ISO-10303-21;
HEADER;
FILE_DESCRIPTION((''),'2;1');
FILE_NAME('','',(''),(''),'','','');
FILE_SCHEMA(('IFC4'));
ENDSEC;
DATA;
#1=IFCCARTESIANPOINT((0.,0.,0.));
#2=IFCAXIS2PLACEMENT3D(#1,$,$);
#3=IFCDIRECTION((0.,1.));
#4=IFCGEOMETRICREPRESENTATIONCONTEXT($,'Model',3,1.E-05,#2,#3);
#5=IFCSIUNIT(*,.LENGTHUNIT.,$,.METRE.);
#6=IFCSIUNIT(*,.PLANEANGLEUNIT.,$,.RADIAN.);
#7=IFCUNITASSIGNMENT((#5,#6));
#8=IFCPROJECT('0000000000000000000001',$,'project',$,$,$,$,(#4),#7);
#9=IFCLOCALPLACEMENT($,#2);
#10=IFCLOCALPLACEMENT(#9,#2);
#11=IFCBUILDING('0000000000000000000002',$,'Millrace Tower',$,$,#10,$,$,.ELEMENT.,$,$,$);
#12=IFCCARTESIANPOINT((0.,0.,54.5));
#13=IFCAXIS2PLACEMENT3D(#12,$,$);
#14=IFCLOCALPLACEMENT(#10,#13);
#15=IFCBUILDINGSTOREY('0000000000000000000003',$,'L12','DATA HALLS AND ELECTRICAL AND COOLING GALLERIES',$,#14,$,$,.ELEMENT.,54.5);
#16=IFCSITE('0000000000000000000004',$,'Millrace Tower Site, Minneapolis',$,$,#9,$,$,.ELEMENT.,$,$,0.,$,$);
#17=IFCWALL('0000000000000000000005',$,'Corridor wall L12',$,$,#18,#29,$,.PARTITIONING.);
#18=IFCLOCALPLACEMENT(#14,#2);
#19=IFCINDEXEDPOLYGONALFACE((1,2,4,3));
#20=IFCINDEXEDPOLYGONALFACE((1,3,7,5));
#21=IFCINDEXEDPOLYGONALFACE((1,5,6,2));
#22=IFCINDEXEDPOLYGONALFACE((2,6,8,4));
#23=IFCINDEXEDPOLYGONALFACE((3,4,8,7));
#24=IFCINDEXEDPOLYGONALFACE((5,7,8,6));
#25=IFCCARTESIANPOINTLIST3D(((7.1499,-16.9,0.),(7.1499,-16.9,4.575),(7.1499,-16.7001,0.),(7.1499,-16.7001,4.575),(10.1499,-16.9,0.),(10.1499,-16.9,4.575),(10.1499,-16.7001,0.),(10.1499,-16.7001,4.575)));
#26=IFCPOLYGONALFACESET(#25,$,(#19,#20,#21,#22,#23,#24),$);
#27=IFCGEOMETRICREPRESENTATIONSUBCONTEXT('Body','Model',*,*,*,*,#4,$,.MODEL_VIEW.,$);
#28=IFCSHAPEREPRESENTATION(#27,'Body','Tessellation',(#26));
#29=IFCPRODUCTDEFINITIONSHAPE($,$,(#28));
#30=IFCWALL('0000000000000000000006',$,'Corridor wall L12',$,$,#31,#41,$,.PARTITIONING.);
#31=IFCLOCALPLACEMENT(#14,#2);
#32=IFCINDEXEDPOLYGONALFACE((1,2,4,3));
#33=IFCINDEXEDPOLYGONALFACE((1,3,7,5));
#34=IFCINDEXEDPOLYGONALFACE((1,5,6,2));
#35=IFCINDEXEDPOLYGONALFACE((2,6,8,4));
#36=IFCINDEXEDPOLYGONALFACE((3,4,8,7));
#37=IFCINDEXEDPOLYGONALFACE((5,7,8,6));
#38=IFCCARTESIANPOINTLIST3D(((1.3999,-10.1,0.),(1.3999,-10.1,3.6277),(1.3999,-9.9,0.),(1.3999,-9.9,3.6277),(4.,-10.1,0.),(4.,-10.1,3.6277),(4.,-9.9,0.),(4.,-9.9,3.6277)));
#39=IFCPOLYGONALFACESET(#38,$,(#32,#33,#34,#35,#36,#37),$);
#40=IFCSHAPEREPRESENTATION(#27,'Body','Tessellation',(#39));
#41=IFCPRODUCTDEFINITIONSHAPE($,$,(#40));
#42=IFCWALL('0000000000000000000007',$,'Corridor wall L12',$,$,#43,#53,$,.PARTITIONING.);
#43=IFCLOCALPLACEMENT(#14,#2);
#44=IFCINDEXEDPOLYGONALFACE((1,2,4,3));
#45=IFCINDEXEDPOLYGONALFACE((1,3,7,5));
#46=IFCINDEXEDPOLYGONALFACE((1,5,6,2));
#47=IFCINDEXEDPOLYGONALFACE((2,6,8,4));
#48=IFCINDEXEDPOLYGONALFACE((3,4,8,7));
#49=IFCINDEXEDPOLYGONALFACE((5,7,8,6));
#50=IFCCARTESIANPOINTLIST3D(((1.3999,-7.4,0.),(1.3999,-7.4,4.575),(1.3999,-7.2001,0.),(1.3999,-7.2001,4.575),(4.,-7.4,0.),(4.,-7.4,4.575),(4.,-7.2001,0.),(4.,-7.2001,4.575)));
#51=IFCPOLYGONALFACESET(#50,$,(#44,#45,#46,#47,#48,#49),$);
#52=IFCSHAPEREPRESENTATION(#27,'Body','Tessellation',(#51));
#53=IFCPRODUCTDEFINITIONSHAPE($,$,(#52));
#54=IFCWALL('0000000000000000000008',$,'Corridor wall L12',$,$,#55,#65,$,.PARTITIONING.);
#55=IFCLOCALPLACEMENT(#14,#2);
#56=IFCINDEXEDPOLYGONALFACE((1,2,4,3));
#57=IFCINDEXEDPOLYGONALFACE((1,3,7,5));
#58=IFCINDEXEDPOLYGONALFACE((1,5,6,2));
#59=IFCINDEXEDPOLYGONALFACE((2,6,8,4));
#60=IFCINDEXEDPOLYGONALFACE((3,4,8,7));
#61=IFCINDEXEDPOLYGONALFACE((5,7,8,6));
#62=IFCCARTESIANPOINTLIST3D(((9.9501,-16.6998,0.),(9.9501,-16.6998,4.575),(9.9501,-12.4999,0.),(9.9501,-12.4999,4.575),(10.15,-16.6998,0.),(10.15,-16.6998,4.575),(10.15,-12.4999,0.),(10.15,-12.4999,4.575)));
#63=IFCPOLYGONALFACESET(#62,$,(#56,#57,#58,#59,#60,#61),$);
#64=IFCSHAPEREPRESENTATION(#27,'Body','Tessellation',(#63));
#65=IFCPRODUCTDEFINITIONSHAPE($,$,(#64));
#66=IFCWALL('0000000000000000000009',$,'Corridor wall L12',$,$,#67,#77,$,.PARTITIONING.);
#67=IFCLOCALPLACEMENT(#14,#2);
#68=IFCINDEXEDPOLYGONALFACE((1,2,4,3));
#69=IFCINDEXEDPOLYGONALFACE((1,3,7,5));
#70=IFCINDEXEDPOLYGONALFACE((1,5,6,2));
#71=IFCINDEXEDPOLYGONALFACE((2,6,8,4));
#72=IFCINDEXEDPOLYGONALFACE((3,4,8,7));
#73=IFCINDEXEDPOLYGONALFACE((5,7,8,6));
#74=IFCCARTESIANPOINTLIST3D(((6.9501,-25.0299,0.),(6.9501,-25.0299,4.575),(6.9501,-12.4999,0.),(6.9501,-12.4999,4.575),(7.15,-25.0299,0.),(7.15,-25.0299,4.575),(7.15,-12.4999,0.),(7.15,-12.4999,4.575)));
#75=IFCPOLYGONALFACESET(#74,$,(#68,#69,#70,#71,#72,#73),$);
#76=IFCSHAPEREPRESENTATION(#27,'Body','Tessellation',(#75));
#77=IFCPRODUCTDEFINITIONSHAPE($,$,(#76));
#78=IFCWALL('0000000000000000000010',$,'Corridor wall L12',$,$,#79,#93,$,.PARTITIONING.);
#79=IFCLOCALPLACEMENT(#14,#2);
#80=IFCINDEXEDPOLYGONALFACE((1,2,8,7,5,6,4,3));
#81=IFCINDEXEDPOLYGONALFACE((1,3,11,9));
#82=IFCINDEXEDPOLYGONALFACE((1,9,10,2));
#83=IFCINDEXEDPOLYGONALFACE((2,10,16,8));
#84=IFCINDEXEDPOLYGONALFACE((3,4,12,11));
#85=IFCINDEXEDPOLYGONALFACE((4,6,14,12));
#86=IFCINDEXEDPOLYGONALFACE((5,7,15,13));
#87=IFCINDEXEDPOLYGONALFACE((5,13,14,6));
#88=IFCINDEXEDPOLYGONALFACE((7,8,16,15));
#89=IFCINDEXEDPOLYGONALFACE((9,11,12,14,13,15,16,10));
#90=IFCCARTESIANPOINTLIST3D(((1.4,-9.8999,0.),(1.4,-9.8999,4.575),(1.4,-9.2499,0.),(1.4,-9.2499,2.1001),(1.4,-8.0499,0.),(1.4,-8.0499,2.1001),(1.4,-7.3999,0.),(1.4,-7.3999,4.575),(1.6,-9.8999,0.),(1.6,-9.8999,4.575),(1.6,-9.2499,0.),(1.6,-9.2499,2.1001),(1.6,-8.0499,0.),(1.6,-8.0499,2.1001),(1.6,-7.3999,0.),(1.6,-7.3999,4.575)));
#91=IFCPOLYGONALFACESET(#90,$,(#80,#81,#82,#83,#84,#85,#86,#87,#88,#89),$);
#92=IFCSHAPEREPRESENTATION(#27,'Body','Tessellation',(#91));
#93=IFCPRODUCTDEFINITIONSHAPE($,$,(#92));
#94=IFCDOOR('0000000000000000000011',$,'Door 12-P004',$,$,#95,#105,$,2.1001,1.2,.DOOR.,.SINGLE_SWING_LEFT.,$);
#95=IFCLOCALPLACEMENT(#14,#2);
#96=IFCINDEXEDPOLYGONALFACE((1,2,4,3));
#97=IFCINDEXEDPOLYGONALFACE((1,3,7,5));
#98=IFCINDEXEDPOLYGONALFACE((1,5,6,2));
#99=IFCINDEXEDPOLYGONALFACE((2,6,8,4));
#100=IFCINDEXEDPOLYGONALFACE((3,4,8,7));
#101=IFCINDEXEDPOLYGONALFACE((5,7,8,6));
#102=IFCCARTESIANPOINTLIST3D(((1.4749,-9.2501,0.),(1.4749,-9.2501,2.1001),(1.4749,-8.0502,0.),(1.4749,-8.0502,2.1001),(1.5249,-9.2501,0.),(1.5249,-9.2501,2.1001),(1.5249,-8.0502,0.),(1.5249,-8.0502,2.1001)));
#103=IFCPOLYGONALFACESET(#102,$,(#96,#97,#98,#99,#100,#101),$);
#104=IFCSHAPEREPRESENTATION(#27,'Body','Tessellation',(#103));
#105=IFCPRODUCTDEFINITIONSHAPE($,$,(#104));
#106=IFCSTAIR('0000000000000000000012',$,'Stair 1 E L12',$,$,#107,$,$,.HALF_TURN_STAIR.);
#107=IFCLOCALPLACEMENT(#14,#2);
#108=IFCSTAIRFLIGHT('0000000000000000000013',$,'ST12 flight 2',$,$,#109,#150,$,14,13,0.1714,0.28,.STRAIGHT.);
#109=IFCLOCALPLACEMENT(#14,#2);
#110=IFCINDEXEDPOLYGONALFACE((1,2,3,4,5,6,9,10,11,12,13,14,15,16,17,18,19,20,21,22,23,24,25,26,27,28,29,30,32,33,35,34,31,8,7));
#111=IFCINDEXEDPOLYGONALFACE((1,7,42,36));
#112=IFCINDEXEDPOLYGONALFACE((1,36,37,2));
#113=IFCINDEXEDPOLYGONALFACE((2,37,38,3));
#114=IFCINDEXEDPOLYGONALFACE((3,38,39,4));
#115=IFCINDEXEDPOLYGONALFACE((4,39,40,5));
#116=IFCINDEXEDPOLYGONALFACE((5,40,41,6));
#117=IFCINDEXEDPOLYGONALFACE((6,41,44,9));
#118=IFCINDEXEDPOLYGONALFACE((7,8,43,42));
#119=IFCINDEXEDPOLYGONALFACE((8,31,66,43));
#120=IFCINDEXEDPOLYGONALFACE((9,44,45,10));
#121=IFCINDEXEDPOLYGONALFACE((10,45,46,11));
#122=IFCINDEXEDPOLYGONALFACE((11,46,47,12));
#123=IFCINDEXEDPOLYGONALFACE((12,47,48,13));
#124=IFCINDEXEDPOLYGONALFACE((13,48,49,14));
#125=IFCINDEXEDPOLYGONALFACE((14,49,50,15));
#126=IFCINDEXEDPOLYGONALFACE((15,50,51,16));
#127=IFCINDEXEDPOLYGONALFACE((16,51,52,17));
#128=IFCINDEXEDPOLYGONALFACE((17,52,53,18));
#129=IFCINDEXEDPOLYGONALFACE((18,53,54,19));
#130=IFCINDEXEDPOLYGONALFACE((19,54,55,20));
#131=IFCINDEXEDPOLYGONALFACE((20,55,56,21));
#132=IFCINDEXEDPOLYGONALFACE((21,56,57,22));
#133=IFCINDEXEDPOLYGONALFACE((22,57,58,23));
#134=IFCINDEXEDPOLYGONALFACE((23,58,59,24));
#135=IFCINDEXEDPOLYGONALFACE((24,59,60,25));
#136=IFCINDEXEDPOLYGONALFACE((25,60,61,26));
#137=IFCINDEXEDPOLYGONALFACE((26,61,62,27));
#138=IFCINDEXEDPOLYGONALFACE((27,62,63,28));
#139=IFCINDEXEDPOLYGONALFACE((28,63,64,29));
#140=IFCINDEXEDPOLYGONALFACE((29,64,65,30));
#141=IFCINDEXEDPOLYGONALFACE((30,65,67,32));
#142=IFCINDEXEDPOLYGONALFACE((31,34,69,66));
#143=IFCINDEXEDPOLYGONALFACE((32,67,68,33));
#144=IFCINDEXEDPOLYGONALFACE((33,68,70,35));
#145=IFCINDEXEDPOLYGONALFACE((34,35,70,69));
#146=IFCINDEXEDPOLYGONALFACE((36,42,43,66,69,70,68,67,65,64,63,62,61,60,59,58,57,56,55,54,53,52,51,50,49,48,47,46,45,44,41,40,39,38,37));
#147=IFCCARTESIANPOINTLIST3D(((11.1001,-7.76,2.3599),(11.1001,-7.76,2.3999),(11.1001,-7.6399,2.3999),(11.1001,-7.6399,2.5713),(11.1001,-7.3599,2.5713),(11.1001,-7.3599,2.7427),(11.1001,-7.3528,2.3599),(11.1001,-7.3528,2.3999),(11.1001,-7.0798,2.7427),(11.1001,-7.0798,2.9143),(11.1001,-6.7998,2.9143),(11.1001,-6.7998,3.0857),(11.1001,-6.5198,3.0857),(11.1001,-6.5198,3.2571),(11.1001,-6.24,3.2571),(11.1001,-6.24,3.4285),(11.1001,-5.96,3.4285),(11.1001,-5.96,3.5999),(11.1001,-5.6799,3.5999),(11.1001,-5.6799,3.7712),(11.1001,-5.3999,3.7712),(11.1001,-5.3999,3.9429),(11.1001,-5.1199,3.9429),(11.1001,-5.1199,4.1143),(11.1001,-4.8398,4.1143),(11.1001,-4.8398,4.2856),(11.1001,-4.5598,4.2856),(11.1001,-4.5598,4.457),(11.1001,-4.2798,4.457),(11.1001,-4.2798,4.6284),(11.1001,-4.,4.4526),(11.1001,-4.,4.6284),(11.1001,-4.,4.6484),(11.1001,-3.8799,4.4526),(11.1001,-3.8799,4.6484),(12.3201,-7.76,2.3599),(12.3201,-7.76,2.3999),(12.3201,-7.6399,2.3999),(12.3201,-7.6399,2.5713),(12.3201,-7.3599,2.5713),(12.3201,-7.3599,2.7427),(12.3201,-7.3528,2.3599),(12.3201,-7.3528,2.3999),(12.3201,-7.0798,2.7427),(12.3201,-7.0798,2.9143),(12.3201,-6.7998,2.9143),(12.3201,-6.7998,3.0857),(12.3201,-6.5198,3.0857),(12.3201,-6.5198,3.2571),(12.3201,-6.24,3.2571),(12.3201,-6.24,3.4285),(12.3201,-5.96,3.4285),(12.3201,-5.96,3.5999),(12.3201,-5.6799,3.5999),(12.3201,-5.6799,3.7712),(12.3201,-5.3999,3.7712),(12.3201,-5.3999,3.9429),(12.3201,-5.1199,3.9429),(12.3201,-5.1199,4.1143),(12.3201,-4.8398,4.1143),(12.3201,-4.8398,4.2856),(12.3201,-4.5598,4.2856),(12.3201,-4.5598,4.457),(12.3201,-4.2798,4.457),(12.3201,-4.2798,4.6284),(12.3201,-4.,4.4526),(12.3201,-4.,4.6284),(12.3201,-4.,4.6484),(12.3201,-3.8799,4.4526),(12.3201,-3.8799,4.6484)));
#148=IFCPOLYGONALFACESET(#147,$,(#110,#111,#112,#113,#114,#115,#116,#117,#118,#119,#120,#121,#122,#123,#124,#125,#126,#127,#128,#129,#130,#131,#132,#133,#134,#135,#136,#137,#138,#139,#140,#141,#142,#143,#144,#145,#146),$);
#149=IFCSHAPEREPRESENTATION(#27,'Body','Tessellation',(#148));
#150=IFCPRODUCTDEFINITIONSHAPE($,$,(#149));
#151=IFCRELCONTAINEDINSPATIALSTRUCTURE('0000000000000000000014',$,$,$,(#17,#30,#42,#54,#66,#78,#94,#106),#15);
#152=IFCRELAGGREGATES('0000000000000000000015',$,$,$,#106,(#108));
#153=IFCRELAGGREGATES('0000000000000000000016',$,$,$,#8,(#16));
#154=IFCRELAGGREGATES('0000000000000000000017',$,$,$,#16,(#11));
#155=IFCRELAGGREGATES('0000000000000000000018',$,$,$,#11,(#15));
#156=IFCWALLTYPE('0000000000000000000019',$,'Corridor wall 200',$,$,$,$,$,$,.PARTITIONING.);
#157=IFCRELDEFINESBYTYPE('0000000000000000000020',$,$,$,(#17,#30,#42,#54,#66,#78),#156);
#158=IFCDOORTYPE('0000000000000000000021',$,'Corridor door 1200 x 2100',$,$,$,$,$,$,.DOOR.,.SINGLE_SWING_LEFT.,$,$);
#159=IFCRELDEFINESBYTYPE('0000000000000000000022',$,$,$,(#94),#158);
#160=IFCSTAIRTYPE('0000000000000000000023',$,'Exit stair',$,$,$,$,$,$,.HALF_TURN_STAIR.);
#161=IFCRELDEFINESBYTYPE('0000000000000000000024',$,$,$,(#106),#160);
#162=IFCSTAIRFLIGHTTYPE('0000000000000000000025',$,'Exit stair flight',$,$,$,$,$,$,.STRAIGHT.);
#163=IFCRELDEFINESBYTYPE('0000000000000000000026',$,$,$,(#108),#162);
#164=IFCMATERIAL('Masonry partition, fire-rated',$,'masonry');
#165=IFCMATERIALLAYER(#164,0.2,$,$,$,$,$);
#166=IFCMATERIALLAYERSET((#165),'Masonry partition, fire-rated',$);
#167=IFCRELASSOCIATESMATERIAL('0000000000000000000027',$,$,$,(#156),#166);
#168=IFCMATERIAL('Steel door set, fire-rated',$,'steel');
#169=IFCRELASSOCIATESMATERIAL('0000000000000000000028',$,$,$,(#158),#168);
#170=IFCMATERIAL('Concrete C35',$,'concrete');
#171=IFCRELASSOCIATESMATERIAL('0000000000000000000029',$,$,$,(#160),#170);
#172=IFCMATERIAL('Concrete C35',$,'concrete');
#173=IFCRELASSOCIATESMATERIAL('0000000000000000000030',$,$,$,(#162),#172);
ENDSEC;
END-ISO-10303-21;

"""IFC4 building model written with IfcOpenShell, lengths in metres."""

from ifc_helpers import new_model, si_unit, direction, frame, frame_2d, origin, place, context, subcontext, project, spatial, polyline, rectangle, outline, extrude, material, layer, layer_set, type_object, element, fill, aggregate, save


model = new_model("IFC4")

# Units and contexts
model_context = context("Model", 3, precision=1e-05, world=origin(), true_north=direction((0.0, 1.0)))
body_context = subcontext(model_context, "Body", "Model", "MODEL_VIEW")
ifc_project = project(units=[si_unit("LENGTHUNIT", "METRE"), si_unit("PLANEANGLEUNIT", "RADIAN")], contexts=[model_context])

# Site, building, storey
site_placement = place(None, origin())
site = spatial("IfcSite", under=ifc_project, at=site_placement, Name="Millrace Tower Site, Minneapolis", CompositionType="ELEMENT", RefElevation=0.0)
building_placement = place(site_placement, origin())
building = spatial("IfcBuilding", under=site, at=building_placement, Name="Millrace Tower", CompositionType="ELEMENT")
storey_placement = place(building_placement, frame((0.0, 0.0, 54.5)))
storey = spatial("IfcBuildingStorey", under=building, at=storey_placement, Name="L12", Description="DATA HALLS AND ELECTRICAL AND COOLING GALLERIES", CompositionType="ELEMENT", Elevation=54.5)

# Shared definitions
placement = place(storey_placement, origin())

# Walls
ifc_material_1 = material(Name="Masonry partition, fire-rated", Category="masonry")
ifc_layer_1 = layer(ifc_material_1, 0.2)
ifc_layer_set_1 = layer_set([ifc_layer_1], Name="Masonry partition, fire-rated")
wall_type = type_object("IfcWallType", Name="Corridor wall 200", PredefinedType="PARTITIONING", material=ifc_layer_set_1)
wall_1_placement = place(storey_placement, frame((7.1499, -16.8, 0.0), z_axis=(0.0, 0.0, 1.0), x_axis=(1.0, 0.0, 0.0)))
element("IfcWall", 1, at=wall_1_placement, inside=storey, type_object=wall_type, Name="Corridor wall L12", PredefinedType="PARTITIONING", context=body_context, shape_type="SweptSolid", body=[
    extrude(rectangle(XDim=3.0, YDim=0.2, at=frame_2d((1.5, 0.0))), origin(), (0.0, 0.0, 1.0), 4.575),
])
wall_2_placement = place(storey_placement, frame((1.3999, -10.0, 0.0), z_axis=(0.0, 0.0, 1.0), x_axis=(1.0, 0.0, 0.0)))
element("IfcWall", 2, at=wall_2_placement, inside=storey, type_object=wall_type, Name="Corridor wall L12", PredefinedType="PARTITIONING", context=body_context, shape_type="SweptSolid", body=[
    extrude(rectangle(XDim=2.6001, YDim=0.2, at=frame_2d((1.3, 0.0))), origin(), (0.0, 0.0, 1.0), 3.6277),
])
wall_3_placement = place(storey_placement, frame((1.3999, -7.3, 0.0), z_axis=(0.0, 0.0, 1.0), x_axis=(1.0, 0.0, 0.0)))
element("IfcWall", 3, at=wall_3_placement, inside=storey, type_object=wall_type, Name="Corridor wall L12", PredefinedType="PARTITIONING", context=body_context, shape_type="SweptSolid", body=[
    extrude(rectangle(XDim=2.6001, YDim=0.2, at=frame_2d((1.3, 0.0))), origin(), (0.0, 0.0, 1.0), 4.575),
])
wall_4_placement = place(storey_placement, frame((10.05, -16.7, 0.0), z_axis=(0.0, 0.0, 1.0), x_axis=(0.0, 1.0, 0.0)))
element("IfcWall", 4, at=wall_4_placement, inside=storey, type_object=wall_type, Name="Corridor wall L12", PredefinedType="PARTITIONING", context=body_context, shape_type="SweptSolid", body=[
    extrude(rectangle(XDim=4.2, YDim=0.2, at=frame_2d((2.1001, 0.0))), origin(), (0.0, 0.0, 1.0), 4.575),
])
wall_5_placement = place(storey_placement, frame((7.05, -25.03, 0.0), z_axis=(0.0, 0.0, 1.0), x_axis=(0.0, 1.0, 0.0)))
element("IfcWall", 5, at=wall_5_placement, inside=storey, type_object=wall_type, Name="Corridor wall L12", PredefinedType="PARTITIONING", context=body_context, shape_type="SweptSolid", body=[
    extrude(rectangle(XDim=12.53, YDim=0.2, at=frame_2d((6.2651, 0.0))), origin(), (0.0, 0.0, 1.0), 4.575),
])

# Wall, opening, door
wall_6_placement = place(storey_placement, frame((1.5, -9.8999, 0.0), z_axis=(0.0, 0.0, 1.0), x_axis=(0.0, 1.0, 0.0)))
wall_6 = element("IfcWall", 6, at=wall_6_placement, inside=storey, type_object=wall_type, Name="Corridor wall L12", PredefinedType="PARTITIONING", context=body_context, shape_type="SweptSolid", body=[
    extrude(rectangle(XDim=2.5, YDim=0.2, at=frame_2d((1.25, 0.0))), origin(), (0.0, 0.0, 1.0), 4.575),
])
opening_placement = place(wall_6_placement, frame((0.6499, 0.0, 0.0)))
opening = element("IfcOpeningElement", 7, at=opening_placement, cuts=wall_6, PredefinedType="OPENING", context=body_context, shape_type="SweptSolid", body=[
    extrude(rectangle(XDim=1.2, YDim=2.1001, at=frame_2d((0.6001, 1.05))), frame((0.0, 0.1099, 0.0), z_axis=(0.0, -1.0, 0.0), x_axis=(1.0, 0.0, 0.0)), (0.0, 0.0, 1.0), 0.22),
])
ifc_material_2 = material(Name="Steel door set, fire-rated", Category="steel")
door_type = type_object("IfcDoorType", Name="Corridor door 1200 x 2100", OperationType="SINGLE_SWING_LEFT", PredefinedType="DOOR", material=ifc_material_2)
door_placement = place(opening_placement, frame((1.2, 0.0, 0.0), z_axis=(0.0, 0.0, 1.0), x_axis=(-1.0, 0.0, 0.0)))
door = element("IfcDoor", 8, at=door_placement, inside=storey, type_object=door_type, Name="Door 12-P004", OperationType="SINGLE_SWING_LEFT", OverallHeight=2.1001, OverallWidth=1.2, PredefinedType="DOOR", context=body_context, shape_type="SweptSolid", body=[
    extrude(rectangle(XDim=1.2, YDim=2.1001, at=frame_2d((0.6001, 1.05))), frame((0.0, 0.0249, 0.0), z_axis=(0.0, -1.0, 0.0), x_axis=(1.0, 0.0, 0.0)), (0.0, 0.0, 1.0), 0.05),
])
fill(opening, door)

# Stair, stair flight
ifc_material_3 = material(Name="Concrete C35", Category="concrete")
stair_type = type_object("IfcStairType", Name="Exit stair", PredefinedType="HALF_TURN_STAIR", material=ifc_material_3)
stair_1 = element("IfcStair", 9, at=placement, inside=storey, type_object=stair_type, Name="Stair 1 E L12", PredefinedType="HALF_TURN_STAIR")
ifc_material_4 = material(Name="Concrete C35", Category="concrete")
stair_flight_type = type_object("IfcStairFlightType", Name="Exit stair flight", PredefinedType="STRAIGHT", material=ifc_material_4)
stair_flight_1_placement = place(storey_placement, frame((11.71, -7.6399, 2.3999), z_axis=(0.0, 0.0, 1.0), x_axis=(0.0, 1.0, 0.0)))
stair_flight_1 = element("IfcStairFlight", 10, at=stair_flight_1_placement, type_object=stair_flight_type, Name="ST12 flight 2", NumberOfRisers=14, NumberOfTreads=13, PredefinedType="STRAIGHT", RiserHeight=0.1714, TreadLength=0.28, context=body_context, shape_type="SweptSolid", body=[
    extrude(outline(polyline([(-0.1201, -0.04), (-0.1201, 0.0), (0.0, 0.0), (0.0, 0.1714), (0.28, 0.1714), (0.28, 0.3428), (0.5601, 0.3428), (0.5601, 0.5144), (0.8401, 0.5144), (0.8401, 0.6858), (1.1201, 0.6858), (1.1201, 0.8572), (1.3999, 0.8572), (1.3999, 1.0286), (1.6799, 1.0286), (1.6799, 1.2), (1.96, 1.2), (1.96, 1.3713), (2.24, 1.3713), (2.24, 1.543), (2.52, 1.543), (2.52, 1.7144), (2.8, 1.7144), (2.8, 1.8857), (3.0801, 1.8857), (3.0801, 2.0571), (3.3601, 2.0571), (3.3601, 2.2285), (3.6399, 2.2285), (3.6399, 2.2485), (3.76, 2.2485), (3.76, 2.0527), (3.6399, 2.0527), (0.2871, 0.0), (0.2871, -0.04), (-0.1201, -0.04)])), frame((0.0, 0.6099, 0.0), z_axis=(0.0, -1.0, 0.0), x_axis=(1.0, 0.0, 0.0)), (0.0, 0.0, 1.0), 1.22),
])
aggregate(stair_1, [stair_flight_1])

save(model, "model.ifc")
